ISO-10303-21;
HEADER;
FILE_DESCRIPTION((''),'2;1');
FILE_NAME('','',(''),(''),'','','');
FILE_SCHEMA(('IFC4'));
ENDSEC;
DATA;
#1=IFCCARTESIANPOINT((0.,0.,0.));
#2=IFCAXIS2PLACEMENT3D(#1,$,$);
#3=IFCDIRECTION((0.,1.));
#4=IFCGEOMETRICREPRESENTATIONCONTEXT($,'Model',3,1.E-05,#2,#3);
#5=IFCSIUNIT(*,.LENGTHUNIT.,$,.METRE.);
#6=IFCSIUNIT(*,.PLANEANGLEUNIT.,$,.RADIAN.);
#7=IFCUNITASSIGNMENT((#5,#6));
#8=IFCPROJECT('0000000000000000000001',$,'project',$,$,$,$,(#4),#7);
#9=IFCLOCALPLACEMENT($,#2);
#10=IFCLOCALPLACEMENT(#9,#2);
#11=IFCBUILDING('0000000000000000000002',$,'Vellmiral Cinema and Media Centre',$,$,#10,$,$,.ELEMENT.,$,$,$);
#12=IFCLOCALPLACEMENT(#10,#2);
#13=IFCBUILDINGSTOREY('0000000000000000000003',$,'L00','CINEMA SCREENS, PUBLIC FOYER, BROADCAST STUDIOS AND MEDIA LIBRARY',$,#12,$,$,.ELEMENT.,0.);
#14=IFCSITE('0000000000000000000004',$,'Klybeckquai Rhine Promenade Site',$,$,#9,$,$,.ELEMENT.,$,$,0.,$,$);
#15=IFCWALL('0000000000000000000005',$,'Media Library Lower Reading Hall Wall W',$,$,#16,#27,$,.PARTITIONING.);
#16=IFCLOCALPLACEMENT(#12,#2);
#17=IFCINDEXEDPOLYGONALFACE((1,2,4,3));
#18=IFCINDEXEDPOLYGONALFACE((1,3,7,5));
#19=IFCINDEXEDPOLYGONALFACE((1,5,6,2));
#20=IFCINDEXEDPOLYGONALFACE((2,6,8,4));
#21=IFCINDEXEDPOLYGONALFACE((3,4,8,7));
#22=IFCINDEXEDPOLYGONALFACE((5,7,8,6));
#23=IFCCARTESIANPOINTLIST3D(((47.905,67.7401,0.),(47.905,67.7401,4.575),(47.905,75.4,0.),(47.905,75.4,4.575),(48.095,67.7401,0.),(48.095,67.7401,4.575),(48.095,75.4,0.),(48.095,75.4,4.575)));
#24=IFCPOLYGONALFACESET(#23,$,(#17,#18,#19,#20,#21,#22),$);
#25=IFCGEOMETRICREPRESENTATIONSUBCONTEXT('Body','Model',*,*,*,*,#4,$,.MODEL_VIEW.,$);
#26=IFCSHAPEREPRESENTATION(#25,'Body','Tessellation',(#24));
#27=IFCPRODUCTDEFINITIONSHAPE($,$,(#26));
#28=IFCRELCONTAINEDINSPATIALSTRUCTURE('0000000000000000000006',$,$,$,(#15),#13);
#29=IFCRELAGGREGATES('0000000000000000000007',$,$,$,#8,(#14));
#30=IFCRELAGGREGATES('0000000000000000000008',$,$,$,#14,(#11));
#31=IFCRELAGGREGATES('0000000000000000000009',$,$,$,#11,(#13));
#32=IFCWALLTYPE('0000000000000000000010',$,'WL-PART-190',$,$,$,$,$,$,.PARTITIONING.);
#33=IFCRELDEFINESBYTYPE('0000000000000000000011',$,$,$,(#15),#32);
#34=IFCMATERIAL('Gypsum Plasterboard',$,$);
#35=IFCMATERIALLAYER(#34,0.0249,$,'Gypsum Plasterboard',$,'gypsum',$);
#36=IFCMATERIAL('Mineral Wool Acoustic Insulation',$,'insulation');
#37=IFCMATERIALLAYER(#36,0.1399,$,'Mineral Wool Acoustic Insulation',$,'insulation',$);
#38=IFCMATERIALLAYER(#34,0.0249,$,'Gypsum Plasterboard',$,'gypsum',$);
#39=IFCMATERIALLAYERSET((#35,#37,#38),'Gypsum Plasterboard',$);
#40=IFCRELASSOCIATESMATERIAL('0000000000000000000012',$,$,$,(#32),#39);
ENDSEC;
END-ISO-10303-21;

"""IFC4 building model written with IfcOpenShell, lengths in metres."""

from ifc_helpers import new_model, si_unit, direction, frame, frame_2d, origin, place, context, subcontext, project, spatial, rectangle, extrude, material, layer, layer_set, type_object, element, save


model = new_model("IFC4")

# Units and contexts
model_context = context("Model", 3, precision=1e-05, world=origin(), true_north=direction((0.0, 1.0)))
body_context = subcontext(model_context, "Body", "Model", "MODEL_VIEW")
ifc_project = project(units=[si_unit("LENGTHUNIT", "METRE"), si_unit("PLANEANGLEUNIT", "RADIAN")], contexts=[model_context])

# Site, building, storey
site_placement = place(None, origin())
site = spatial("IfcSite", under=ifc_project, at=site_placement, Name="Klybeckquai Rhine Promenade Site", CompositionType="ELEMENT", RefElevation=0.0)
building_placement = place(site_placement, origin())
building = spatial("IfcBuilding", under=site, at=building_placement, Name="Vellmiral Cinema and Media Centre", CompositionType="ELEMENT")
storey_placement = place(building_placement, origin())
storey = spatial("IfcBuildingStorey", under=building, at=storey_placement, Name="L00", Description="CINEMA SCREENS, PUBLIC FOYER, BROADCAST STUDIOS AND MEDIA LIBRARY", CompositionType="ELEMENT", Elevation=0.0)

# Wall
ifc_material_1 = material(Name="Gypsum Plasterboard")
ifc_layer_1 = layer(ifc_material_1, 0.0249, Name="Gypsum Plasterboard", Category="gypsum")
ifc_material_2 = material(Name="Mineral Wool Acoustic Insulation", Category="insulation")
ifc_layer_2 = layer(ifc_material_2, 0.1399, Name="Mineral Wool Acoustic Insulation", Category="insulation")
ifc_layer_3 = layer(ifc_material_1, 0.0249, Name="Gypsum Plasterboard", Category="gypsum")
ifc_layer_set_1 = layer_set([ifc_layer_1, ifc_layer_2, ifc_layer_3], Name="Gypsum Plasterboard")
wall_type_1 = type_object("IfcWallType", Name="WL-PART-190", PredefinedType="PARTITIONING", material=ifc_layer_set_1)
wall_1_placement = place(storey_placement, frame((48.0, 67.74, 0.0), z_axis=(0.0, 0.0, 1.0), x_axis=(0.0, 1.0, 0.0)))
element("IfcWall", 1, at=wall_1_placement, inside=storey, type_object=wall_type_1, Name="Media Library Lower Reading Hall Wall W", PredefinedType="PARTITIONING", context=body_context, shape_type="SweptSolid", body=[
    extrude(rectangle(XDim=7.6599, YDim=0.1899, at=frame_2d((3.8301, 0.0))), origin(), (0.0, 0.0, 1.0), 4.575),
])

save(model, "model.ifc")
